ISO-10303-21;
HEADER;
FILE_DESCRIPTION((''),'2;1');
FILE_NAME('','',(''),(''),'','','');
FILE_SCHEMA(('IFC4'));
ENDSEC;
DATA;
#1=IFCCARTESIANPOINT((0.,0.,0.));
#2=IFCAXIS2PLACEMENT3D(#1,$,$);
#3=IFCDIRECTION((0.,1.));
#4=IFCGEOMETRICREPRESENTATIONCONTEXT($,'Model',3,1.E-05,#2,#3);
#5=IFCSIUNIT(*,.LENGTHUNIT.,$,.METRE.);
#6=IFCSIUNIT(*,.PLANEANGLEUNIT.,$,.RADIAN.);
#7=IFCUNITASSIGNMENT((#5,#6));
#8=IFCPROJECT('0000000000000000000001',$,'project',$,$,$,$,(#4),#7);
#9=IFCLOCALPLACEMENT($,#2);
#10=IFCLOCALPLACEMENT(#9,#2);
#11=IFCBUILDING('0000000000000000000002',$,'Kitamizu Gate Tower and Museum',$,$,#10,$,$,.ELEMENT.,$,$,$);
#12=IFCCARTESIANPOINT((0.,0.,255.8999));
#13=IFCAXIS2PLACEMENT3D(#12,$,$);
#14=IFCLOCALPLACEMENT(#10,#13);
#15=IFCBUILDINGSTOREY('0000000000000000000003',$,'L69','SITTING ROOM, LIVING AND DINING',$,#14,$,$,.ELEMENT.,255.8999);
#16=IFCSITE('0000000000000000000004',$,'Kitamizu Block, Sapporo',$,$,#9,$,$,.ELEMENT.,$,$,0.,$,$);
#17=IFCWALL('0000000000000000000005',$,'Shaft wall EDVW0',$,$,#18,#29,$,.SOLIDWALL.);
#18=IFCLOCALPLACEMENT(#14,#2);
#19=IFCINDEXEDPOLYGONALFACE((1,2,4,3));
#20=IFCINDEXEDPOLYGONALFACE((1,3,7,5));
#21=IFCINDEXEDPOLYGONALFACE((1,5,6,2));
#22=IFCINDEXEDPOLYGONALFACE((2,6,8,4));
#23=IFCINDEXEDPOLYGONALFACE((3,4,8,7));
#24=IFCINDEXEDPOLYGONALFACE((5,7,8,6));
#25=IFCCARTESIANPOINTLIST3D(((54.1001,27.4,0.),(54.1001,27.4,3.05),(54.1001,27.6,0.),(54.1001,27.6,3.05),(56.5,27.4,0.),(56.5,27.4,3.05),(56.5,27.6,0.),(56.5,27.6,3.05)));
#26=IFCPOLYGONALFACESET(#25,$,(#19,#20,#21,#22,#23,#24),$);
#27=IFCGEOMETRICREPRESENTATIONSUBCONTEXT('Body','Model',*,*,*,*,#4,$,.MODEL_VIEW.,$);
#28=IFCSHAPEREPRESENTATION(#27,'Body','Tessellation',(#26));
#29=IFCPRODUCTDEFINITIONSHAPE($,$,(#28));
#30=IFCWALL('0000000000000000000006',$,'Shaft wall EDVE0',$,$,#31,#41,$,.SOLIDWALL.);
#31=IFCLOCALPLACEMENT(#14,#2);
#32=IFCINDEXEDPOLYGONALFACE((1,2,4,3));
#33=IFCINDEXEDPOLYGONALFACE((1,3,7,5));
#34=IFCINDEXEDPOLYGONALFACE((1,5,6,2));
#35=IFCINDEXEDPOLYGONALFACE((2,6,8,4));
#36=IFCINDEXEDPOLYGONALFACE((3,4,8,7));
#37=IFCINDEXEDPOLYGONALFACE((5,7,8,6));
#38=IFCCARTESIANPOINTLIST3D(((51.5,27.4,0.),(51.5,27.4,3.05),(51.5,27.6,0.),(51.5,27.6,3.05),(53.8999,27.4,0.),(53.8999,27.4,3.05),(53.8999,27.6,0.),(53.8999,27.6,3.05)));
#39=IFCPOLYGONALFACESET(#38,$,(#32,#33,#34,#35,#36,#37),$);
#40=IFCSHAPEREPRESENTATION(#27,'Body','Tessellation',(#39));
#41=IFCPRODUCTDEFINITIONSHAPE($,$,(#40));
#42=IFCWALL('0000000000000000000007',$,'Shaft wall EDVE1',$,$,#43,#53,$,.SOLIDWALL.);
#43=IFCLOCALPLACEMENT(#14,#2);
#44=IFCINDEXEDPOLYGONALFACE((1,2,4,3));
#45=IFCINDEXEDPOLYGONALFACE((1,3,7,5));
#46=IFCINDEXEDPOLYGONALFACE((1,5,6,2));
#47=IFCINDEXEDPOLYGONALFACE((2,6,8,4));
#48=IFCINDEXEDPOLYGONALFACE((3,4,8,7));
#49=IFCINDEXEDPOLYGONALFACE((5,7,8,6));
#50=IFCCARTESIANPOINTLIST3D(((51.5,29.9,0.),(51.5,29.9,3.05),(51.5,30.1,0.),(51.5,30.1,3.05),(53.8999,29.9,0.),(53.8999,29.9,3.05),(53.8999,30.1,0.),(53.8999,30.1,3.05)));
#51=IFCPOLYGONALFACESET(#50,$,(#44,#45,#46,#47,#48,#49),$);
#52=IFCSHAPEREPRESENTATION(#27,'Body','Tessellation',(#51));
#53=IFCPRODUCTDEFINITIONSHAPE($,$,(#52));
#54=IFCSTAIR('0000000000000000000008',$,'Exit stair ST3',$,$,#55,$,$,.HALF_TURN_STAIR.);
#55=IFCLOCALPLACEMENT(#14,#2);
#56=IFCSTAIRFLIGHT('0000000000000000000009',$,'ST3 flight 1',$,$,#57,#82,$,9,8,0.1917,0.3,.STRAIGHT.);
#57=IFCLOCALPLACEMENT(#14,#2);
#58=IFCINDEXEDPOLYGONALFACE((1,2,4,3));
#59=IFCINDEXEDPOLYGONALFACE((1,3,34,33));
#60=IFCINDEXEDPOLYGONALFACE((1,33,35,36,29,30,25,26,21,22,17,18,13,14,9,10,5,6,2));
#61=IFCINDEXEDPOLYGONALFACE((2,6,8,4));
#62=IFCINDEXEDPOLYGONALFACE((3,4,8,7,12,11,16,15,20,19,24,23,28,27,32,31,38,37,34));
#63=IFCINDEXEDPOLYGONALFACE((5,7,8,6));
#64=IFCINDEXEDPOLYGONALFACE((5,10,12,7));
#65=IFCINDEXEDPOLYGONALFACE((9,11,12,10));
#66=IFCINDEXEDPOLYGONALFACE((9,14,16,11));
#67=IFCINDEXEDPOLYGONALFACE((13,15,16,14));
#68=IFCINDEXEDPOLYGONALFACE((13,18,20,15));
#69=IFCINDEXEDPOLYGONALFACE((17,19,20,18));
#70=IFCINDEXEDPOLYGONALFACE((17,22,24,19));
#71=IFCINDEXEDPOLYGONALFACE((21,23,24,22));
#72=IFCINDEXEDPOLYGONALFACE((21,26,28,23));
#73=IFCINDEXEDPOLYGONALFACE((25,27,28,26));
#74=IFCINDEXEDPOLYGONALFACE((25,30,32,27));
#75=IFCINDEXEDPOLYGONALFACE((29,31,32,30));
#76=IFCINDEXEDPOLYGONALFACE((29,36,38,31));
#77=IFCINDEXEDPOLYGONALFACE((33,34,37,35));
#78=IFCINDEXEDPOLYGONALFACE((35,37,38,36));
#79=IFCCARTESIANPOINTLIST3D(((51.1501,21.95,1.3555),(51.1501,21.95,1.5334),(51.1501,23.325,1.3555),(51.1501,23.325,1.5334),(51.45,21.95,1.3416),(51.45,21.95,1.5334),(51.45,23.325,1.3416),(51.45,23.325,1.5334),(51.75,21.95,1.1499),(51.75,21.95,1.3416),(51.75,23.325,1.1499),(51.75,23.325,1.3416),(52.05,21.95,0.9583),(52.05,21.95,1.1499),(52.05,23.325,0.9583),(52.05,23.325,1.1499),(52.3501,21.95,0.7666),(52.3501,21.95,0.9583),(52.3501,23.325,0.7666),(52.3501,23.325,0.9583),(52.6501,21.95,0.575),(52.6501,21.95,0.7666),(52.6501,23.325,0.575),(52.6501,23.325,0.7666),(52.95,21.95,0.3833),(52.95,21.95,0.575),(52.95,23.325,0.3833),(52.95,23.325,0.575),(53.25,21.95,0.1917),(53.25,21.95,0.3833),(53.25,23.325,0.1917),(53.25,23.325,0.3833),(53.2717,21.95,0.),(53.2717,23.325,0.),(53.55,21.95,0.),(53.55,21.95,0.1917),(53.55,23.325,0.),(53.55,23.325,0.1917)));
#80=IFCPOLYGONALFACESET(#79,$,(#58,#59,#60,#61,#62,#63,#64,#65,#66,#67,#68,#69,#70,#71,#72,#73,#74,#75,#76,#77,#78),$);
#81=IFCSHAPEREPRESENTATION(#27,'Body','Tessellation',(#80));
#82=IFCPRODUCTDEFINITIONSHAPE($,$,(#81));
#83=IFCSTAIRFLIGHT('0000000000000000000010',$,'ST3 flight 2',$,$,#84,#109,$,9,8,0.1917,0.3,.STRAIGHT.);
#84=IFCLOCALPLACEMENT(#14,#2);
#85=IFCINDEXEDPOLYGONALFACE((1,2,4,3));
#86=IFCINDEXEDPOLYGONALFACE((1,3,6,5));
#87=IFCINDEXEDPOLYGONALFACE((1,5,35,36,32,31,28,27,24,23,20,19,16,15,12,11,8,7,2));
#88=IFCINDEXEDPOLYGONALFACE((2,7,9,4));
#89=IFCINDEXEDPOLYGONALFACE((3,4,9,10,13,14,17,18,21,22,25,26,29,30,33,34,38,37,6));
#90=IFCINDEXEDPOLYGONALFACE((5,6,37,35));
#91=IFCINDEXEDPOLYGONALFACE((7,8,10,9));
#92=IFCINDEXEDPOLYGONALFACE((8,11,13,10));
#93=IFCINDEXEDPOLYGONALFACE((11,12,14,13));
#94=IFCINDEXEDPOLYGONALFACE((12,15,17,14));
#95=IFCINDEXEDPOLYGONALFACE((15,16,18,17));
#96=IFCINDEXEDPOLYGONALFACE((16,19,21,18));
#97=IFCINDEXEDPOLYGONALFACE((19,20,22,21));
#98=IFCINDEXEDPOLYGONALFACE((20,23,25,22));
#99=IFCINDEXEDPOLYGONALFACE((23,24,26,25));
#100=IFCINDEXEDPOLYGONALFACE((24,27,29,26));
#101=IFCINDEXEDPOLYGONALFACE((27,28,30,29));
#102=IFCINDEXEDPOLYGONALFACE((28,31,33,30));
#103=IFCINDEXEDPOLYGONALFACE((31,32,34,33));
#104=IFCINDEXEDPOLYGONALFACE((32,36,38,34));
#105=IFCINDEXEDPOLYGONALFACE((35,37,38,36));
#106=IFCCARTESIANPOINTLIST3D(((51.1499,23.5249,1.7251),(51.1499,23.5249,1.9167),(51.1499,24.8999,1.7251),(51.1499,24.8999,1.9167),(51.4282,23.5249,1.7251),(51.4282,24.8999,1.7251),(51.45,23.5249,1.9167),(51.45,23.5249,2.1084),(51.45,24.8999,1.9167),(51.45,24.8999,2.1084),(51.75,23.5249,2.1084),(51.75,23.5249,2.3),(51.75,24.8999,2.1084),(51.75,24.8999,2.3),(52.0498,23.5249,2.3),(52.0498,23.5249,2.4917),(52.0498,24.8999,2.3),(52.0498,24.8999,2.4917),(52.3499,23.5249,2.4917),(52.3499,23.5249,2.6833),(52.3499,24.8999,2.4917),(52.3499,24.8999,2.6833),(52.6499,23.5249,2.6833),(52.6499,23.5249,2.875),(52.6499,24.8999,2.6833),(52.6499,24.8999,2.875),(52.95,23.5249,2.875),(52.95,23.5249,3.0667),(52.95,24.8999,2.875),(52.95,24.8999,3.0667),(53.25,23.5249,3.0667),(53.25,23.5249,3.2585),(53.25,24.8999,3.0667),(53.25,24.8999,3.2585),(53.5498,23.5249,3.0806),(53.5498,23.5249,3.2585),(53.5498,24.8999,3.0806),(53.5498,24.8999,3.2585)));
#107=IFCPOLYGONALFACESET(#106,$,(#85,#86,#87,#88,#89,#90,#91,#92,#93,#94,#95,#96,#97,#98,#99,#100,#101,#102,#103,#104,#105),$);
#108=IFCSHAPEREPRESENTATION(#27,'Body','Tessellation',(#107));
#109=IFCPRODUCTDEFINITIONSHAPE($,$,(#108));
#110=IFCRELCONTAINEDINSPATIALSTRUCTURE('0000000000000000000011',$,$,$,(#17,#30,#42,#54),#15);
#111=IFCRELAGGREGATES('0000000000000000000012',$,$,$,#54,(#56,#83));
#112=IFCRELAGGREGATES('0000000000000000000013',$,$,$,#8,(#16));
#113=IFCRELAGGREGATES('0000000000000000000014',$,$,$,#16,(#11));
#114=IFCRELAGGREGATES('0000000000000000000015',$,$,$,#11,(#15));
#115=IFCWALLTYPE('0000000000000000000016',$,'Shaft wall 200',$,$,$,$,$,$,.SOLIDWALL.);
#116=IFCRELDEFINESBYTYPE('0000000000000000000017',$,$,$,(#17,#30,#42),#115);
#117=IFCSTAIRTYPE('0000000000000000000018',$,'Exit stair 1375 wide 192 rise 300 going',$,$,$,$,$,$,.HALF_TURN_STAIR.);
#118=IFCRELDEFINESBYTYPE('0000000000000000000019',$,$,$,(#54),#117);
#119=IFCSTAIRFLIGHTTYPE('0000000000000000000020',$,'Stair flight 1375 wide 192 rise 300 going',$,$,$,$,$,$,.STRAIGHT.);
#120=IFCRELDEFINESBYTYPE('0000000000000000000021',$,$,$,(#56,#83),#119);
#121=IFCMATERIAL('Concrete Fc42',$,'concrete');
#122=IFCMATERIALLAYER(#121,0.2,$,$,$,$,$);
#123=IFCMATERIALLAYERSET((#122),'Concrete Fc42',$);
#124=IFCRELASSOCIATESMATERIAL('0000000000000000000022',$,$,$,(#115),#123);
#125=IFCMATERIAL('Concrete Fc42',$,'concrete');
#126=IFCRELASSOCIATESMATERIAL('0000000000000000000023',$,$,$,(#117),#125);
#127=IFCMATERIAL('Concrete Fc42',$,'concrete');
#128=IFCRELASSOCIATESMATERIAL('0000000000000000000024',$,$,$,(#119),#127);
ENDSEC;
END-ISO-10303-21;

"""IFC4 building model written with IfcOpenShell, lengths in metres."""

from ifc_helpers import new_model, si_unit, direction, frame, frame_2d, origin, place, context, subcontext, project, spatial, polyline, rectangle, outline, extrude, material, layer, layer_set, type_object, element, aggregate, save


model = new_model("IFC4")

# Units and contexts
model_context = context("Model", 3, precision=1e-05, world=origin(), true_north=direction((0.0, 1.0)))
body_context = subcontext(model_context, "Body", "Model", "MODEL_VIEW")
ifc_project = project(units=[si_unit("LENGTHUNIT", "METRE"), si_unit("PLANEANGLEUNIT", "RADIAN")], contexts=[model_context])

# Site, building, storey
site_placement = place(None, origin())
site = spatial("IfcSite", under=ifc_project, at=site_placement, Name="Kitamizu Block, Sapporo", CompositionType="ELEMENT", RefElevation=0.0)
building_placement = place(site_placement, origin())
building = spatial("IfcBuilding", under=site, at=building_placement, Name="Kitamizu Gate Tower and Museum", CompositionType="ELEMENT")
storey_placement = place(building_placement, frame((0.0, 0.0, 255.8999)))
storey = spatial("IfcBuildingStorey", under=building, at=storey_placement, Name="L69", Description="SITTING ROOM, LIVING AND DINING", CompositionType="ELEMENT", Elevation=255.8999)

# Shared definitions
ifc_material_1 = material(Name="Concrete Fc42", Category="concrete")
ifc_layer_1 = layer(ifc_material_1, 0.2)
ifc_layer_set_1 = layer_set([ifc_layer_1], Name="Concrete Fc42")
wall_type_1 = type_object("IfcWallType", Name="Shaft wall 200", PredefinedType="SOLIDWALL", material=ifc_layer_set_1)

# Walls
for number, where, z_axis, x_axis, name in (
    (1, (56.5, 27.5, 0.0), (0.0, 0.0, 1.0), (-1.0, 0.0, 0.0), "Shaft wall EDVW0"),
    (2, (53.8999, 27.5, 0.0), (0.0, 0.0, 1.0), (-1.0, 0.0, 0.0), "Shaft wall EDVE0"),
    (3, (53.8999, 30.0, 0.0), (0.0, 0.0, 1.0), (-1.0, 0.0, 0.0), "Shaft wall EDVE1"),
):
    element("IfcWall", number, at=place(storey_placement, frame(where, z_axis=z_axis, x_axis=x_axis)), inside=storey, type_object=wall_type_1, Name=name, PredefinedType="SOLIDWALL", context=body_context, shape_type="SweptSolid", body=[
        extrude(rectangle(XDim=2.3999, YDim=0.2, at=frame_2d((1.2, 0.0))), origin(), (0.0, 0.0, 1.0), 3.05),
    ])

# Stair, stair flights
ifc_material_2 = material(Name="Concrete Fc42", Category="concrete")
stair_type = type_object("IfcStairType", Name="Exit stair 1375 wide 192 rise 300 going", PredefinedType="HALF_TURN_STAIR", material=ifc_material_2)
stair_placement = place(storey_placement, origin())
stair = element("IfcStair", 4, at=stair_placement, inside=storey, type_object=stair_type, Name="Exit stair ST3", PredefinedType="HALF_TURN_STAIR")
ifc_material_3 = material(Name="Concrete Fc42", Category="concrete")
stair_flight_type = type_object("IfcStairFlightType", Name="Stair flight 1375 wide 192 rise 300 going", PredefinedType="STRAIGHT", material=ifc_material_3)
stair_flight_1_placement = place(storey_placement, frame((53.55, 22.6375, 0.0), z_axis=(0.0, 0.0, 1.0), x_axis=(-1.0, 0.0, 0.0)))
stair_flight_1 = element("IfcStairFlight", 5, at=stair_flight_1_placement, type_object=stair_flight_type, Name="ST3 flight 1", NumberOfRisers=9, NumberOfTreads=8, PredefinedType="STRAIGHT", RiserHeight=0.1917, TreadLength=0.3, context=body_context, shape_type="SweptSolid", body=[
    extrude(outline(polyline([(0.0, 0.0), (0.0, 0.1917), (0.3, 0.1917), (0.3, 0.3833), (0.6001, 0.3833), (0.6001, 0.575), (0.8999, 0.575), (0.8999, 0.7666), (1.2, 0.7666), (1.2, 0.9583), (1.5, 0.9583), (1.5, 1.1499), (1.8, 1.1499), (1.8, 1.3416), (2.1001, 1.3416), (2.1001, 1.5334), (2.3999, 1.5334), (2.3999, 1.7251), (2.3999, 1.3555), (0.2783, 0.0), (0.0, 0.0)])), frame((0.0, 0.6875, 0.0), z_axis=(0.0, -1.0, 0.0), x_axis=(1.0, 0.0, 0.0)), (0.0, 0.0, 1.0), 1.375),
])
stair_flight_2_placement = place(storey_placement, frame((51.1499, 24.2124, 1.7251), z_axis=(0.0, 0.0, 1.0), x_axis=(1.0, 0.0, 0.0)))
stair_flight_2 = element("IfcStairFlight", 6, at=stair_flight_2_placement, type_object=stair_flight_type, Name="ST3 flight 2", NumberOfRisers=9, NumberOfTreads=8, PredefinedType="STRAIGHT", RiserHeight=0.1917, TreadLength=0.3, context=body_context, shape_type="SweptSolid", body=[
    extrude(outline(polyline([(0.0, 0.0), (0.0, 0.1917), (0.3, 0.1917), (0.3, 0.3833), (0.6001, 0.3833), (0.6001, 0.575), (0.8999, 0.575), (0.8999, 0.7666), (1.2, 0.7666), (1.2, 0.9583), (1.5, 0.9583), (1.5, 1.1499), (1.8, 1.1499), (1.8, 1.3416), (2.1001, 1.3416), (2.1001, 1.5334), (2.3999, 1.5334), (2.3999, 1.7251), (2.3999, 1.3555), (0.2783, 0.0), (0.0, 0.0)])), frame((0.0, 0.6875, 0.0), z_axis=(0.0, -1.0, 0.0), x_axis=(1.0, 0.0, 0.0)), (0.0, 0.0, 1.0), 1.375),
])
aggregate(stair, [stair_flight_1, stair_flight_2])

save(model, "model.ifc")
